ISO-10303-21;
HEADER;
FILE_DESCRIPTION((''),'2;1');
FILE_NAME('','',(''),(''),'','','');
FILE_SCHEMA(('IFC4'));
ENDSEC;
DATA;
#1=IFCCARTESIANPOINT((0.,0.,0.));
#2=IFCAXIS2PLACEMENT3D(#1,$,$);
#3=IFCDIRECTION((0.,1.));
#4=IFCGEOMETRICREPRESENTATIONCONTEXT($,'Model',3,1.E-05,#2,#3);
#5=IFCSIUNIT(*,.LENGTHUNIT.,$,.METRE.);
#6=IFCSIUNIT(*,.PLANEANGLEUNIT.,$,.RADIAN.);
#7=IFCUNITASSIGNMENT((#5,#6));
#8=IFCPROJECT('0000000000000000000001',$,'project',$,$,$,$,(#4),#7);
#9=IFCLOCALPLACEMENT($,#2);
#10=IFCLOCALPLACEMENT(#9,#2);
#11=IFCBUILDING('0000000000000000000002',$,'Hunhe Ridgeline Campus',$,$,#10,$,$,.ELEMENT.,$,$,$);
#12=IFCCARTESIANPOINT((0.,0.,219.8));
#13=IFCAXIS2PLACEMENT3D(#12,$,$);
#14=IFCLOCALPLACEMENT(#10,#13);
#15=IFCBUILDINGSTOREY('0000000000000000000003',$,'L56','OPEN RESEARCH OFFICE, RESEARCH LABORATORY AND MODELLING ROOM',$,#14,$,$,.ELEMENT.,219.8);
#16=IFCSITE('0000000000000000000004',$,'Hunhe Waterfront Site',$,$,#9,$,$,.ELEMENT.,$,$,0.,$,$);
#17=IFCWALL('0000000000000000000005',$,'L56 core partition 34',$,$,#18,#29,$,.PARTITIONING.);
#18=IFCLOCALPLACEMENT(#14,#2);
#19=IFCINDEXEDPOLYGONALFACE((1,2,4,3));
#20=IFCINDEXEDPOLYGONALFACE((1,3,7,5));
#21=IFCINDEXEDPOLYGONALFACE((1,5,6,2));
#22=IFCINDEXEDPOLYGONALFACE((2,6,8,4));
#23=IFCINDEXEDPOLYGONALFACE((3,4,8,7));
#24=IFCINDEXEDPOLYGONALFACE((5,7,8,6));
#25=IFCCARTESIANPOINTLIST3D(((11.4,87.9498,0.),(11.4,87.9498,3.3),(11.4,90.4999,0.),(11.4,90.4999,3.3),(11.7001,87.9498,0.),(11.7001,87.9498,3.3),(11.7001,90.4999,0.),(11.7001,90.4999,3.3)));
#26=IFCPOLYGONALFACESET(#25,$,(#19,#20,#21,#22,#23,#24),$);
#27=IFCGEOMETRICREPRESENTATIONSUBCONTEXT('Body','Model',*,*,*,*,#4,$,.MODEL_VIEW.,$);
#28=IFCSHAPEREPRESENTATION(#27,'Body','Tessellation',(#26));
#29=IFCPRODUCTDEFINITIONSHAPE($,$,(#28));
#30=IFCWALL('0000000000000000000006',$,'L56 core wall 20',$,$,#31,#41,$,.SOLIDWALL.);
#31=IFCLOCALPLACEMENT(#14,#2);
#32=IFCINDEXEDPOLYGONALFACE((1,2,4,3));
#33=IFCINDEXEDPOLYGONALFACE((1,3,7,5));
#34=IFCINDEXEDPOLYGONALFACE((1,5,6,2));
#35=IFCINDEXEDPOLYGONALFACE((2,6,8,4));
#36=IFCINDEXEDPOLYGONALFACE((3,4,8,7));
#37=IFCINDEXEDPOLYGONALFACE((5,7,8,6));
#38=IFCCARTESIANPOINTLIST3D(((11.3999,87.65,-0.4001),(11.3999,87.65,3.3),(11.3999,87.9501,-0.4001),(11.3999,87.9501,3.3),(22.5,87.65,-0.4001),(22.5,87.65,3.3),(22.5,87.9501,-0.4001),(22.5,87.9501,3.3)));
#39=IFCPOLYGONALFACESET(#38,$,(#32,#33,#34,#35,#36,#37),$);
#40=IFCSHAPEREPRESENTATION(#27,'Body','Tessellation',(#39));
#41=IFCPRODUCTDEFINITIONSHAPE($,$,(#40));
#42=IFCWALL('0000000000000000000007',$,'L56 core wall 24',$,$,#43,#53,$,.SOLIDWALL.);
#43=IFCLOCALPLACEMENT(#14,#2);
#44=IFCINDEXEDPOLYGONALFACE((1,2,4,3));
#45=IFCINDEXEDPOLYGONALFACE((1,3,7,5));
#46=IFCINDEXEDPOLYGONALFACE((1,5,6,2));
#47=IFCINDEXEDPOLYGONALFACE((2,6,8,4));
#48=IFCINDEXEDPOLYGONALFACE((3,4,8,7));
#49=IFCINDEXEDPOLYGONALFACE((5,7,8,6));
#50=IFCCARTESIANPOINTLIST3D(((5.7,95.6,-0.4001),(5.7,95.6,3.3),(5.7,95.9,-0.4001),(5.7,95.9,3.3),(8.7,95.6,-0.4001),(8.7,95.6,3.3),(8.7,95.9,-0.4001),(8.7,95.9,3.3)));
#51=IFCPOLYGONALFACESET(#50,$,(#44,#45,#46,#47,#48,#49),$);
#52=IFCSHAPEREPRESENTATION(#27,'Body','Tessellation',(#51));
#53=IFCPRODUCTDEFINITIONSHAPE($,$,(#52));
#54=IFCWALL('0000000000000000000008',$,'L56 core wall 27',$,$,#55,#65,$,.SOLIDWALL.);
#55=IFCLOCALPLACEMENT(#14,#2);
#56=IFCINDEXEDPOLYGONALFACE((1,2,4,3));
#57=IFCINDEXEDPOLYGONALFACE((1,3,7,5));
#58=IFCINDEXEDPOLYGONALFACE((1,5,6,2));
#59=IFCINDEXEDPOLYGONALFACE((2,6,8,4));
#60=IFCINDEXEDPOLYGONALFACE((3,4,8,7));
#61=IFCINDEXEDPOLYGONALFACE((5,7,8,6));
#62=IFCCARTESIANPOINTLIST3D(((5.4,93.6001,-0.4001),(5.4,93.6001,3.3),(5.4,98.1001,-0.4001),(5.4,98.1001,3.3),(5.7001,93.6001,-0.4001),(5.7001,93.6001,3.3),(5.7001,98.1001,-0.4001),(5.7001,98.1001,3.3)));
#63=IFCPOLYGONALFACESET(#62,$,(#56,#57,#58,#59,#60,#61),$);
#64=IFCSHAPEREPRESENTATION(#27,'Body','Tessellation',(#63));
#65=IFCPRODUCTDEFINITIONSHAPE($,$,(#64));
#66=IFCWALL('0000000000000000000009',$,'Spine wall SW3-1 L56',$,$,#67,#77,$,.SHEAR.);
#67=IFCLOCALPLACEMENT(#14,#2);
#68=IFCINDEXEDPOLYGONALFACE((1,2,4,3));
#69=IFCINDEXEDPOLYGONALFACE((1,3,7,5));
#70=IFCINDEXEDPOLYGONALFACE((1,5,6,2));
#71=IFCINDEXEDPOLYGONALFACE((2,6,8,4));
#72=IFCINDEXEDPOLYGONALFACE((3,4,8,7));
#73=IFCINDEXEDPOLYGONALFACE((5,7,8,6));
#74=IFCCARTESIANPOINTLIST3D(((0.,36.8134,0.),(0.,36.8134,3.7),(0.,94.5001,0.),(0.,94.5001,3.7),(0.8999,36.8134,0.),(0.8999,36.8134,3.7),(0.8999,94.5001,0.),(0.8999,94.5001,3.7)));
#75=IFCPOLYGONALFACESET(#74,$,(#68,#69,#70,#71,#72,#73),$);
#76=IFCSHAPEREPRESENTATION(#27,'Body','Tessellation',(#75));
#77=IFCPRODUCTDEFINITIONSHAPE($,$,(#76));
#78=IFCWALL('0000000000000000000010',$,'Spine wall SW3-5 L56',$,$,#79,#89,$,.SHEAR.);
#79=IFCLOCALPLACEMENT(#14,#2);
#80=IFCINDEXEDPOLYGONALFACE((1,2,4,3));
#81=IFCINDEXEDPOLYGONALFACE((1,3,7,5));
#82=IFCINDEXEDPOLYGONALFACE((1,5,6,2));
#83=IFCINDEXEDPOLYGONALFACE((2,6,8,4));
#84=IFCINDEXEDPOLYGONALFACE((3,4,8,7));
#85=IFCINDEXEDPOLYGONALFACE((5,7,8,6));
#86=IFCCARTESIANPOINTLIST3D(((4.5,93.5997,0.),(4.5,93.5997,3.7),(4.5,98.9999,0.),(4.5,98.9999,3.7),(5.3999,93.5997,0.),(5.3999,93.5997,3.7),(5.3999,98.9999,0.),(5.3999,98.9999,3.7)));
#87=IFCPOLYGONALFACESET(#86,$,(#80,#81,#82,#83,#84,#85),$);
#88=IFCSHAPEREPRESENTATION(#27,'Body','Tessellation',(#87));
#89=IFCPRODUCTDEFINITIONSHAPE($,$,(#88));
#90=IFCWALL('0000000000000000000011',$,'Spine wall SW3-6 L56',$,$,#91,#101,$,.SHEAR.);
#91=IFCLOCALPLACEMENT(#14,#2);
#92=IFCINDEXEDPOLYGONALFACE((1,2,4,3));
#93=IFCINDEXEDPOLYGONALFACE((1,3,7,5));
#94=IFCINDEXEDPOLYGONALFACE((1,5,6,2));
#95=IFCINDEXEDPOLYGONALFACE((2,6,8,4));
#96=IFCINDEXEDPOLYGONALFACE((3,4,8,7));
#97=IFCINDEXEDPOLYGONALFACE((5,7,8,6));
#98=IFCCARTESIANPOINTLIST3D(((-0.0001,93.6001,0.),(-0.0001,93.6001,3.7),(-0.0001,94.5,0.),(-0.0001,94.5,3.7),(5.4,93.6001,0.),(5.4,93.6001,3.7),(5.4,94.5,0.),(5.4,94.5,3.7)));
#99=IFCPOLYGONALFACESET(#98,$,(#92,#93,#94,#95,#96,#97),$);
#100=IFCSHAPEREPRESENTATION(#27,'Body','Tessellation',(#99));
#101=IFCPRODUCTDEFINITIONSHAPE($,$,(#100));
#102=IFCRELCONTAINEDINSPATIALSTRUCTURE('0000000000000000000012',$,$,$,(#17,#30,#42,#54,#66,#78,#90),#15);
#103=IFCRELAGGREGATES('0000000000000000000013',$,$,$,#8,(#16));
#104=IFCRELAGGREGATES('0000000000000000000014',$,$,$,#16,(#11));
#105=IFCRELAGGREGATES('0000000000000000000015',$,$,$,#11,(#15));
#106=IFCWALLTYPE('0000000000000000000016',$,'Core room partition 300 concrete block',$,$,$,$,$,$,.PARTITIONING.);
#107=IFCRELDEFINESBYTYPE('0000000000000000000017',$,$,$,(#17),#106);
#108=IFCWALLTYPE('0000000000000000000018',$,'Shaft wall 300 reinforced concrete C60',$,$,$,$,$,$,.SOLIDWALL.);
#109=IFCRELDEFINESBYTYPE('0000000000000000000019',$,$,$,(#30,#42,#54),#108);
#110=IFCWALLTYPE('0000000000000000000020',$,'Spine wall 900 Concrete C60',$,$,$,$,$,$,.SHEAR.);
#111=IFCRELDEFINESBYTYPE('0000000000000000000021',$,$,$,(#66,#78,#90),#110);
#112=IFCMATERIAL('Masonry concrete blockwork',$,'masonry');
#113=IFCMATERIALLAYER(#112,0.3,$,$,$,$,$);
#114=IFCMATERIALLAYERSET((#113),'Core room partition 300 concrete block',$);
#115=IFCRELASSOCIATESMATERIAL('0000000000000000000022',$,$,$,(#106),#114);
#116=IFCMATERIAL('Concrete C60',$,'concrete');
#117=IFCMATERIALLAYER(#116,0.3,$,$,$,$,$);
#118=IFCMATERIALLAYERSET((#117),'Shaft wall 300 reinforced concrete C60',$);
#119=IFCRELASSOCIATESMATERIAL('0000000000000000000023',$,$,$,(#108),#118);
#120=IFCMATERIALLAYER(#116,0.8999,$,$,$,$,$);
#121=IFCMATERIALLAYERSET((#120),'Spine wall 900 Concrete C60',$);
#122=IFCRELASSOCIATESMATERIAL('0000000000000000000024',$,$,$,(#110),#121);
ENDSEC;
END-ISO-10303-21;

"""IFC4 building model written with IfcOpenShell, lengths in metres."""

from ifc_helpers import new_model, si_unit, direction, frame, frame_2d, origin, place, context, subcontext, project, spatial, rectangle, extrude, material, layer, layer_set, type_object, element, save


model = new_model("IFC4")

# Units and contexts
model_context = context("Model", 3, precision=1e-05, world=origin(), true_north=direction((0.0, 1.0)))
body_context = subcontext(model_context, "Body", "Model", "MODEL_VIEW")
ifc_project = project(units=[si_unit("LENGTHUNIT", "METRE"), si_unit("PLANEANGLEUNIT", "RADIAN")], contexts=[model_context])

# Site, building, storey
site_placement = place(None, origin())
site = spatial("IfcSite", under=ifc_project, at=site_placement, Name="Hunhe Waterfront Site", CompositionType="ELEMENT", RefElevation=0.0)
building_placement = place(site_placement, origin())
building = spatial("IfcBuilding", under=site, at=building_placement, Name="Hunhe Ridgeline Campus", CompositionType="ELEMENT")
storey_placement = place(building_placement, frame((0.0, 0.0, 219.8)))
storey = spatial("IfcBuildingStorey", under=building, at=storey_placement, Name="L56", Description="OPEN RESEARCH OFFICE, RESEARCH LABORATORY AND MODELLING ROOM", CompositionType="ELEMENT", Elevation=219.8)

# Wall
ifc_material_1 = material(Name="Masonry concrete blockwork", Category="masonry")
ifc_layer_1 = layer(ifc_material_1, 0.3)
ifc_layer_set_1 = layer_set([ifc_layer_1], Name="Core room partition 300 concrete block")
wall_type_1 = type_object("IfcWallType", Name="Core room partition 300 concrete block", PredefinedType="PARTITIONING", material=ifc_layer_set_1)
wall_1_placement = place(storey_placement, frame((11.55, 87.95, 0.0), z_axis=(0.0, 0.0, 1.0), x_axis=(0.0, 1.0, 0.0)))
element("IfcWall", 1, at=wall_1_placement, inside=storey, type_object=wall_type_1, Name="L56 core partition 34", PredefinedType="PARTITIONING", context=body_context, shape_type="SweptSolid", body=[
    extrude(rectangle(XDim=2.55, YDim=0.3, at=frame_2d((1.2749, 0.0))), origin(), (0.0, 0.0, 1.0), 3.3),
])

# Shared definitions
ifc_material_2 = material(Name="Concrete C60", Category="concrete")

# Wall
ifc_layer_2 = layer(ifc_material_2, 0.3)
ifc_layer_set_2 = layer_set([ifc_layer_2], Name="Shaft wall 300 reinforced concrete C60")
wall_type_2 = type_object("IfcWallType", Name="Shaft wall 300 reinforced concrete C60", PredefinedType="SOLIDWALL", material=ifc_layer_set_2)
wall_2_placement = place(storey_placement, frame((11.3999, 87.8, -0.4001), z_axis=(0.0, 0.0, 1.0), x_axis=(1.0, 0.0, 0.0)))
element("IfcWall", 2, at=wall_2_placement, inside=storey, type_object=wall_type_2, Name="L56 core wall 20", PredefinedType="SOLIDWALL", context=body_context, shape_type="SweptSolid", body=[
    extrude(rectangle(XDim=11.1001, YDim=0.3, at=frame_2d((5.55, 0.0))), origin(), (0.0, 0.0, 1.0), 3.7002),
])

# Walls
wall_3_placement = place(storey_placement, frame((5.7, 95.75, -0.4001), z_axis=(0.0, 0.0, 1.0), x_axis=(1.0, 0.0, 0.0)))
element("IfcWall", 3, at=wall_3_placement, inside=storey, type_object=wall_type_2, Name="L56 core wall 24", PredefinedType="SOLIDWALL", context=body_context, shape_type="SweptSolid", body=[
    extrude(rectangle(XDim=3.0, YDim=0.3, at=frame_2d((1.5, 0.0))), origin(), (0.0, 0.0, 1.0), 3.7002),
])
wall_4_placement = place(storey_placement, frame((5.55, 93.6001, -0.4001), z_axis=(0.0, 0.0, 1.0), x_axis=(0.0, 1.0, 0.0)))
element("IfcWall", 4, at=wall_4_placement, inside=storey, type_object=wall_type_2, Name="L56 core wall 27", PredefinedType="SOLIDWALL", context=body_context, shape_type="SweptSolid", body=[
    extrude(rectangle(XDim=4.5, YDim=0.3, at=frame_2d((2.25, 0.0))), origin(), (0.0, 0.0, 1.0), 3.7002),
])

# Walls
ifc_layer_3 = layer(ifc_material_2, 0.8999)
ifc_layer_set_3 = layer_set([ifc_layer_3], Name="Spine wall 900 Concrete C60")
wall_type_3 = type_object("IfcWallType", Name="Spine wall 900 Concrete C60", PredefinedType="SHEAR", material=ifc_layer_set_3)
wall_5_placement = place(storey_placement, frame((0.45, 94.5, 0.0), z_axis=(0.0, 0.0, 1.0), x_axis=(0.0, -1.0, 0.0)))
element("IfcWall", 5, at=wall_5_placement, inside=storey, type_object=wall_type_3, Name="Spine wall SW3-1 L56", PredefinedType="SHEAR", context=body_context, shape_type="SweptSolid", body=[
    extrude(rectangle(XDim=57.6868, YDim=0.8999, at=frame_2d((28.8433, 0.0))), origin(), (0.0, 0.0, 1.0), 3.7),
])
for number, where, z_axis, x_axis, name in (
    (6, (4.95, 99.0, 0.0), (0.0, 0.0, 1.0), (0.0, -1.0, 0.0), "Spine wall SW3-5 L56"),
    (7, (5.4001, 94.05, 0.0), (0.0, 0.0, 1.0), (-1.0, 0.0, 0.0), "Spine wall SW3-6 L56"),
):
    element("IfcWall", number, at=place(storey_placement, frame(where, z_axis=z_axis, x_axis=x_axis)), inside=storey, type_object=wall_type_3, Name=name, PredefinedType="SHEAR", context=body_context, shape_type="SweptSolid", body=[
        extrude(rectangle(XDim=5.4001, YDim=0.8999, at=frame_2d((2.7002, 0.0))), origin(), (0.0, 0.0, 1.0), 3.7),
    ])

save(model, "model.ifc")
